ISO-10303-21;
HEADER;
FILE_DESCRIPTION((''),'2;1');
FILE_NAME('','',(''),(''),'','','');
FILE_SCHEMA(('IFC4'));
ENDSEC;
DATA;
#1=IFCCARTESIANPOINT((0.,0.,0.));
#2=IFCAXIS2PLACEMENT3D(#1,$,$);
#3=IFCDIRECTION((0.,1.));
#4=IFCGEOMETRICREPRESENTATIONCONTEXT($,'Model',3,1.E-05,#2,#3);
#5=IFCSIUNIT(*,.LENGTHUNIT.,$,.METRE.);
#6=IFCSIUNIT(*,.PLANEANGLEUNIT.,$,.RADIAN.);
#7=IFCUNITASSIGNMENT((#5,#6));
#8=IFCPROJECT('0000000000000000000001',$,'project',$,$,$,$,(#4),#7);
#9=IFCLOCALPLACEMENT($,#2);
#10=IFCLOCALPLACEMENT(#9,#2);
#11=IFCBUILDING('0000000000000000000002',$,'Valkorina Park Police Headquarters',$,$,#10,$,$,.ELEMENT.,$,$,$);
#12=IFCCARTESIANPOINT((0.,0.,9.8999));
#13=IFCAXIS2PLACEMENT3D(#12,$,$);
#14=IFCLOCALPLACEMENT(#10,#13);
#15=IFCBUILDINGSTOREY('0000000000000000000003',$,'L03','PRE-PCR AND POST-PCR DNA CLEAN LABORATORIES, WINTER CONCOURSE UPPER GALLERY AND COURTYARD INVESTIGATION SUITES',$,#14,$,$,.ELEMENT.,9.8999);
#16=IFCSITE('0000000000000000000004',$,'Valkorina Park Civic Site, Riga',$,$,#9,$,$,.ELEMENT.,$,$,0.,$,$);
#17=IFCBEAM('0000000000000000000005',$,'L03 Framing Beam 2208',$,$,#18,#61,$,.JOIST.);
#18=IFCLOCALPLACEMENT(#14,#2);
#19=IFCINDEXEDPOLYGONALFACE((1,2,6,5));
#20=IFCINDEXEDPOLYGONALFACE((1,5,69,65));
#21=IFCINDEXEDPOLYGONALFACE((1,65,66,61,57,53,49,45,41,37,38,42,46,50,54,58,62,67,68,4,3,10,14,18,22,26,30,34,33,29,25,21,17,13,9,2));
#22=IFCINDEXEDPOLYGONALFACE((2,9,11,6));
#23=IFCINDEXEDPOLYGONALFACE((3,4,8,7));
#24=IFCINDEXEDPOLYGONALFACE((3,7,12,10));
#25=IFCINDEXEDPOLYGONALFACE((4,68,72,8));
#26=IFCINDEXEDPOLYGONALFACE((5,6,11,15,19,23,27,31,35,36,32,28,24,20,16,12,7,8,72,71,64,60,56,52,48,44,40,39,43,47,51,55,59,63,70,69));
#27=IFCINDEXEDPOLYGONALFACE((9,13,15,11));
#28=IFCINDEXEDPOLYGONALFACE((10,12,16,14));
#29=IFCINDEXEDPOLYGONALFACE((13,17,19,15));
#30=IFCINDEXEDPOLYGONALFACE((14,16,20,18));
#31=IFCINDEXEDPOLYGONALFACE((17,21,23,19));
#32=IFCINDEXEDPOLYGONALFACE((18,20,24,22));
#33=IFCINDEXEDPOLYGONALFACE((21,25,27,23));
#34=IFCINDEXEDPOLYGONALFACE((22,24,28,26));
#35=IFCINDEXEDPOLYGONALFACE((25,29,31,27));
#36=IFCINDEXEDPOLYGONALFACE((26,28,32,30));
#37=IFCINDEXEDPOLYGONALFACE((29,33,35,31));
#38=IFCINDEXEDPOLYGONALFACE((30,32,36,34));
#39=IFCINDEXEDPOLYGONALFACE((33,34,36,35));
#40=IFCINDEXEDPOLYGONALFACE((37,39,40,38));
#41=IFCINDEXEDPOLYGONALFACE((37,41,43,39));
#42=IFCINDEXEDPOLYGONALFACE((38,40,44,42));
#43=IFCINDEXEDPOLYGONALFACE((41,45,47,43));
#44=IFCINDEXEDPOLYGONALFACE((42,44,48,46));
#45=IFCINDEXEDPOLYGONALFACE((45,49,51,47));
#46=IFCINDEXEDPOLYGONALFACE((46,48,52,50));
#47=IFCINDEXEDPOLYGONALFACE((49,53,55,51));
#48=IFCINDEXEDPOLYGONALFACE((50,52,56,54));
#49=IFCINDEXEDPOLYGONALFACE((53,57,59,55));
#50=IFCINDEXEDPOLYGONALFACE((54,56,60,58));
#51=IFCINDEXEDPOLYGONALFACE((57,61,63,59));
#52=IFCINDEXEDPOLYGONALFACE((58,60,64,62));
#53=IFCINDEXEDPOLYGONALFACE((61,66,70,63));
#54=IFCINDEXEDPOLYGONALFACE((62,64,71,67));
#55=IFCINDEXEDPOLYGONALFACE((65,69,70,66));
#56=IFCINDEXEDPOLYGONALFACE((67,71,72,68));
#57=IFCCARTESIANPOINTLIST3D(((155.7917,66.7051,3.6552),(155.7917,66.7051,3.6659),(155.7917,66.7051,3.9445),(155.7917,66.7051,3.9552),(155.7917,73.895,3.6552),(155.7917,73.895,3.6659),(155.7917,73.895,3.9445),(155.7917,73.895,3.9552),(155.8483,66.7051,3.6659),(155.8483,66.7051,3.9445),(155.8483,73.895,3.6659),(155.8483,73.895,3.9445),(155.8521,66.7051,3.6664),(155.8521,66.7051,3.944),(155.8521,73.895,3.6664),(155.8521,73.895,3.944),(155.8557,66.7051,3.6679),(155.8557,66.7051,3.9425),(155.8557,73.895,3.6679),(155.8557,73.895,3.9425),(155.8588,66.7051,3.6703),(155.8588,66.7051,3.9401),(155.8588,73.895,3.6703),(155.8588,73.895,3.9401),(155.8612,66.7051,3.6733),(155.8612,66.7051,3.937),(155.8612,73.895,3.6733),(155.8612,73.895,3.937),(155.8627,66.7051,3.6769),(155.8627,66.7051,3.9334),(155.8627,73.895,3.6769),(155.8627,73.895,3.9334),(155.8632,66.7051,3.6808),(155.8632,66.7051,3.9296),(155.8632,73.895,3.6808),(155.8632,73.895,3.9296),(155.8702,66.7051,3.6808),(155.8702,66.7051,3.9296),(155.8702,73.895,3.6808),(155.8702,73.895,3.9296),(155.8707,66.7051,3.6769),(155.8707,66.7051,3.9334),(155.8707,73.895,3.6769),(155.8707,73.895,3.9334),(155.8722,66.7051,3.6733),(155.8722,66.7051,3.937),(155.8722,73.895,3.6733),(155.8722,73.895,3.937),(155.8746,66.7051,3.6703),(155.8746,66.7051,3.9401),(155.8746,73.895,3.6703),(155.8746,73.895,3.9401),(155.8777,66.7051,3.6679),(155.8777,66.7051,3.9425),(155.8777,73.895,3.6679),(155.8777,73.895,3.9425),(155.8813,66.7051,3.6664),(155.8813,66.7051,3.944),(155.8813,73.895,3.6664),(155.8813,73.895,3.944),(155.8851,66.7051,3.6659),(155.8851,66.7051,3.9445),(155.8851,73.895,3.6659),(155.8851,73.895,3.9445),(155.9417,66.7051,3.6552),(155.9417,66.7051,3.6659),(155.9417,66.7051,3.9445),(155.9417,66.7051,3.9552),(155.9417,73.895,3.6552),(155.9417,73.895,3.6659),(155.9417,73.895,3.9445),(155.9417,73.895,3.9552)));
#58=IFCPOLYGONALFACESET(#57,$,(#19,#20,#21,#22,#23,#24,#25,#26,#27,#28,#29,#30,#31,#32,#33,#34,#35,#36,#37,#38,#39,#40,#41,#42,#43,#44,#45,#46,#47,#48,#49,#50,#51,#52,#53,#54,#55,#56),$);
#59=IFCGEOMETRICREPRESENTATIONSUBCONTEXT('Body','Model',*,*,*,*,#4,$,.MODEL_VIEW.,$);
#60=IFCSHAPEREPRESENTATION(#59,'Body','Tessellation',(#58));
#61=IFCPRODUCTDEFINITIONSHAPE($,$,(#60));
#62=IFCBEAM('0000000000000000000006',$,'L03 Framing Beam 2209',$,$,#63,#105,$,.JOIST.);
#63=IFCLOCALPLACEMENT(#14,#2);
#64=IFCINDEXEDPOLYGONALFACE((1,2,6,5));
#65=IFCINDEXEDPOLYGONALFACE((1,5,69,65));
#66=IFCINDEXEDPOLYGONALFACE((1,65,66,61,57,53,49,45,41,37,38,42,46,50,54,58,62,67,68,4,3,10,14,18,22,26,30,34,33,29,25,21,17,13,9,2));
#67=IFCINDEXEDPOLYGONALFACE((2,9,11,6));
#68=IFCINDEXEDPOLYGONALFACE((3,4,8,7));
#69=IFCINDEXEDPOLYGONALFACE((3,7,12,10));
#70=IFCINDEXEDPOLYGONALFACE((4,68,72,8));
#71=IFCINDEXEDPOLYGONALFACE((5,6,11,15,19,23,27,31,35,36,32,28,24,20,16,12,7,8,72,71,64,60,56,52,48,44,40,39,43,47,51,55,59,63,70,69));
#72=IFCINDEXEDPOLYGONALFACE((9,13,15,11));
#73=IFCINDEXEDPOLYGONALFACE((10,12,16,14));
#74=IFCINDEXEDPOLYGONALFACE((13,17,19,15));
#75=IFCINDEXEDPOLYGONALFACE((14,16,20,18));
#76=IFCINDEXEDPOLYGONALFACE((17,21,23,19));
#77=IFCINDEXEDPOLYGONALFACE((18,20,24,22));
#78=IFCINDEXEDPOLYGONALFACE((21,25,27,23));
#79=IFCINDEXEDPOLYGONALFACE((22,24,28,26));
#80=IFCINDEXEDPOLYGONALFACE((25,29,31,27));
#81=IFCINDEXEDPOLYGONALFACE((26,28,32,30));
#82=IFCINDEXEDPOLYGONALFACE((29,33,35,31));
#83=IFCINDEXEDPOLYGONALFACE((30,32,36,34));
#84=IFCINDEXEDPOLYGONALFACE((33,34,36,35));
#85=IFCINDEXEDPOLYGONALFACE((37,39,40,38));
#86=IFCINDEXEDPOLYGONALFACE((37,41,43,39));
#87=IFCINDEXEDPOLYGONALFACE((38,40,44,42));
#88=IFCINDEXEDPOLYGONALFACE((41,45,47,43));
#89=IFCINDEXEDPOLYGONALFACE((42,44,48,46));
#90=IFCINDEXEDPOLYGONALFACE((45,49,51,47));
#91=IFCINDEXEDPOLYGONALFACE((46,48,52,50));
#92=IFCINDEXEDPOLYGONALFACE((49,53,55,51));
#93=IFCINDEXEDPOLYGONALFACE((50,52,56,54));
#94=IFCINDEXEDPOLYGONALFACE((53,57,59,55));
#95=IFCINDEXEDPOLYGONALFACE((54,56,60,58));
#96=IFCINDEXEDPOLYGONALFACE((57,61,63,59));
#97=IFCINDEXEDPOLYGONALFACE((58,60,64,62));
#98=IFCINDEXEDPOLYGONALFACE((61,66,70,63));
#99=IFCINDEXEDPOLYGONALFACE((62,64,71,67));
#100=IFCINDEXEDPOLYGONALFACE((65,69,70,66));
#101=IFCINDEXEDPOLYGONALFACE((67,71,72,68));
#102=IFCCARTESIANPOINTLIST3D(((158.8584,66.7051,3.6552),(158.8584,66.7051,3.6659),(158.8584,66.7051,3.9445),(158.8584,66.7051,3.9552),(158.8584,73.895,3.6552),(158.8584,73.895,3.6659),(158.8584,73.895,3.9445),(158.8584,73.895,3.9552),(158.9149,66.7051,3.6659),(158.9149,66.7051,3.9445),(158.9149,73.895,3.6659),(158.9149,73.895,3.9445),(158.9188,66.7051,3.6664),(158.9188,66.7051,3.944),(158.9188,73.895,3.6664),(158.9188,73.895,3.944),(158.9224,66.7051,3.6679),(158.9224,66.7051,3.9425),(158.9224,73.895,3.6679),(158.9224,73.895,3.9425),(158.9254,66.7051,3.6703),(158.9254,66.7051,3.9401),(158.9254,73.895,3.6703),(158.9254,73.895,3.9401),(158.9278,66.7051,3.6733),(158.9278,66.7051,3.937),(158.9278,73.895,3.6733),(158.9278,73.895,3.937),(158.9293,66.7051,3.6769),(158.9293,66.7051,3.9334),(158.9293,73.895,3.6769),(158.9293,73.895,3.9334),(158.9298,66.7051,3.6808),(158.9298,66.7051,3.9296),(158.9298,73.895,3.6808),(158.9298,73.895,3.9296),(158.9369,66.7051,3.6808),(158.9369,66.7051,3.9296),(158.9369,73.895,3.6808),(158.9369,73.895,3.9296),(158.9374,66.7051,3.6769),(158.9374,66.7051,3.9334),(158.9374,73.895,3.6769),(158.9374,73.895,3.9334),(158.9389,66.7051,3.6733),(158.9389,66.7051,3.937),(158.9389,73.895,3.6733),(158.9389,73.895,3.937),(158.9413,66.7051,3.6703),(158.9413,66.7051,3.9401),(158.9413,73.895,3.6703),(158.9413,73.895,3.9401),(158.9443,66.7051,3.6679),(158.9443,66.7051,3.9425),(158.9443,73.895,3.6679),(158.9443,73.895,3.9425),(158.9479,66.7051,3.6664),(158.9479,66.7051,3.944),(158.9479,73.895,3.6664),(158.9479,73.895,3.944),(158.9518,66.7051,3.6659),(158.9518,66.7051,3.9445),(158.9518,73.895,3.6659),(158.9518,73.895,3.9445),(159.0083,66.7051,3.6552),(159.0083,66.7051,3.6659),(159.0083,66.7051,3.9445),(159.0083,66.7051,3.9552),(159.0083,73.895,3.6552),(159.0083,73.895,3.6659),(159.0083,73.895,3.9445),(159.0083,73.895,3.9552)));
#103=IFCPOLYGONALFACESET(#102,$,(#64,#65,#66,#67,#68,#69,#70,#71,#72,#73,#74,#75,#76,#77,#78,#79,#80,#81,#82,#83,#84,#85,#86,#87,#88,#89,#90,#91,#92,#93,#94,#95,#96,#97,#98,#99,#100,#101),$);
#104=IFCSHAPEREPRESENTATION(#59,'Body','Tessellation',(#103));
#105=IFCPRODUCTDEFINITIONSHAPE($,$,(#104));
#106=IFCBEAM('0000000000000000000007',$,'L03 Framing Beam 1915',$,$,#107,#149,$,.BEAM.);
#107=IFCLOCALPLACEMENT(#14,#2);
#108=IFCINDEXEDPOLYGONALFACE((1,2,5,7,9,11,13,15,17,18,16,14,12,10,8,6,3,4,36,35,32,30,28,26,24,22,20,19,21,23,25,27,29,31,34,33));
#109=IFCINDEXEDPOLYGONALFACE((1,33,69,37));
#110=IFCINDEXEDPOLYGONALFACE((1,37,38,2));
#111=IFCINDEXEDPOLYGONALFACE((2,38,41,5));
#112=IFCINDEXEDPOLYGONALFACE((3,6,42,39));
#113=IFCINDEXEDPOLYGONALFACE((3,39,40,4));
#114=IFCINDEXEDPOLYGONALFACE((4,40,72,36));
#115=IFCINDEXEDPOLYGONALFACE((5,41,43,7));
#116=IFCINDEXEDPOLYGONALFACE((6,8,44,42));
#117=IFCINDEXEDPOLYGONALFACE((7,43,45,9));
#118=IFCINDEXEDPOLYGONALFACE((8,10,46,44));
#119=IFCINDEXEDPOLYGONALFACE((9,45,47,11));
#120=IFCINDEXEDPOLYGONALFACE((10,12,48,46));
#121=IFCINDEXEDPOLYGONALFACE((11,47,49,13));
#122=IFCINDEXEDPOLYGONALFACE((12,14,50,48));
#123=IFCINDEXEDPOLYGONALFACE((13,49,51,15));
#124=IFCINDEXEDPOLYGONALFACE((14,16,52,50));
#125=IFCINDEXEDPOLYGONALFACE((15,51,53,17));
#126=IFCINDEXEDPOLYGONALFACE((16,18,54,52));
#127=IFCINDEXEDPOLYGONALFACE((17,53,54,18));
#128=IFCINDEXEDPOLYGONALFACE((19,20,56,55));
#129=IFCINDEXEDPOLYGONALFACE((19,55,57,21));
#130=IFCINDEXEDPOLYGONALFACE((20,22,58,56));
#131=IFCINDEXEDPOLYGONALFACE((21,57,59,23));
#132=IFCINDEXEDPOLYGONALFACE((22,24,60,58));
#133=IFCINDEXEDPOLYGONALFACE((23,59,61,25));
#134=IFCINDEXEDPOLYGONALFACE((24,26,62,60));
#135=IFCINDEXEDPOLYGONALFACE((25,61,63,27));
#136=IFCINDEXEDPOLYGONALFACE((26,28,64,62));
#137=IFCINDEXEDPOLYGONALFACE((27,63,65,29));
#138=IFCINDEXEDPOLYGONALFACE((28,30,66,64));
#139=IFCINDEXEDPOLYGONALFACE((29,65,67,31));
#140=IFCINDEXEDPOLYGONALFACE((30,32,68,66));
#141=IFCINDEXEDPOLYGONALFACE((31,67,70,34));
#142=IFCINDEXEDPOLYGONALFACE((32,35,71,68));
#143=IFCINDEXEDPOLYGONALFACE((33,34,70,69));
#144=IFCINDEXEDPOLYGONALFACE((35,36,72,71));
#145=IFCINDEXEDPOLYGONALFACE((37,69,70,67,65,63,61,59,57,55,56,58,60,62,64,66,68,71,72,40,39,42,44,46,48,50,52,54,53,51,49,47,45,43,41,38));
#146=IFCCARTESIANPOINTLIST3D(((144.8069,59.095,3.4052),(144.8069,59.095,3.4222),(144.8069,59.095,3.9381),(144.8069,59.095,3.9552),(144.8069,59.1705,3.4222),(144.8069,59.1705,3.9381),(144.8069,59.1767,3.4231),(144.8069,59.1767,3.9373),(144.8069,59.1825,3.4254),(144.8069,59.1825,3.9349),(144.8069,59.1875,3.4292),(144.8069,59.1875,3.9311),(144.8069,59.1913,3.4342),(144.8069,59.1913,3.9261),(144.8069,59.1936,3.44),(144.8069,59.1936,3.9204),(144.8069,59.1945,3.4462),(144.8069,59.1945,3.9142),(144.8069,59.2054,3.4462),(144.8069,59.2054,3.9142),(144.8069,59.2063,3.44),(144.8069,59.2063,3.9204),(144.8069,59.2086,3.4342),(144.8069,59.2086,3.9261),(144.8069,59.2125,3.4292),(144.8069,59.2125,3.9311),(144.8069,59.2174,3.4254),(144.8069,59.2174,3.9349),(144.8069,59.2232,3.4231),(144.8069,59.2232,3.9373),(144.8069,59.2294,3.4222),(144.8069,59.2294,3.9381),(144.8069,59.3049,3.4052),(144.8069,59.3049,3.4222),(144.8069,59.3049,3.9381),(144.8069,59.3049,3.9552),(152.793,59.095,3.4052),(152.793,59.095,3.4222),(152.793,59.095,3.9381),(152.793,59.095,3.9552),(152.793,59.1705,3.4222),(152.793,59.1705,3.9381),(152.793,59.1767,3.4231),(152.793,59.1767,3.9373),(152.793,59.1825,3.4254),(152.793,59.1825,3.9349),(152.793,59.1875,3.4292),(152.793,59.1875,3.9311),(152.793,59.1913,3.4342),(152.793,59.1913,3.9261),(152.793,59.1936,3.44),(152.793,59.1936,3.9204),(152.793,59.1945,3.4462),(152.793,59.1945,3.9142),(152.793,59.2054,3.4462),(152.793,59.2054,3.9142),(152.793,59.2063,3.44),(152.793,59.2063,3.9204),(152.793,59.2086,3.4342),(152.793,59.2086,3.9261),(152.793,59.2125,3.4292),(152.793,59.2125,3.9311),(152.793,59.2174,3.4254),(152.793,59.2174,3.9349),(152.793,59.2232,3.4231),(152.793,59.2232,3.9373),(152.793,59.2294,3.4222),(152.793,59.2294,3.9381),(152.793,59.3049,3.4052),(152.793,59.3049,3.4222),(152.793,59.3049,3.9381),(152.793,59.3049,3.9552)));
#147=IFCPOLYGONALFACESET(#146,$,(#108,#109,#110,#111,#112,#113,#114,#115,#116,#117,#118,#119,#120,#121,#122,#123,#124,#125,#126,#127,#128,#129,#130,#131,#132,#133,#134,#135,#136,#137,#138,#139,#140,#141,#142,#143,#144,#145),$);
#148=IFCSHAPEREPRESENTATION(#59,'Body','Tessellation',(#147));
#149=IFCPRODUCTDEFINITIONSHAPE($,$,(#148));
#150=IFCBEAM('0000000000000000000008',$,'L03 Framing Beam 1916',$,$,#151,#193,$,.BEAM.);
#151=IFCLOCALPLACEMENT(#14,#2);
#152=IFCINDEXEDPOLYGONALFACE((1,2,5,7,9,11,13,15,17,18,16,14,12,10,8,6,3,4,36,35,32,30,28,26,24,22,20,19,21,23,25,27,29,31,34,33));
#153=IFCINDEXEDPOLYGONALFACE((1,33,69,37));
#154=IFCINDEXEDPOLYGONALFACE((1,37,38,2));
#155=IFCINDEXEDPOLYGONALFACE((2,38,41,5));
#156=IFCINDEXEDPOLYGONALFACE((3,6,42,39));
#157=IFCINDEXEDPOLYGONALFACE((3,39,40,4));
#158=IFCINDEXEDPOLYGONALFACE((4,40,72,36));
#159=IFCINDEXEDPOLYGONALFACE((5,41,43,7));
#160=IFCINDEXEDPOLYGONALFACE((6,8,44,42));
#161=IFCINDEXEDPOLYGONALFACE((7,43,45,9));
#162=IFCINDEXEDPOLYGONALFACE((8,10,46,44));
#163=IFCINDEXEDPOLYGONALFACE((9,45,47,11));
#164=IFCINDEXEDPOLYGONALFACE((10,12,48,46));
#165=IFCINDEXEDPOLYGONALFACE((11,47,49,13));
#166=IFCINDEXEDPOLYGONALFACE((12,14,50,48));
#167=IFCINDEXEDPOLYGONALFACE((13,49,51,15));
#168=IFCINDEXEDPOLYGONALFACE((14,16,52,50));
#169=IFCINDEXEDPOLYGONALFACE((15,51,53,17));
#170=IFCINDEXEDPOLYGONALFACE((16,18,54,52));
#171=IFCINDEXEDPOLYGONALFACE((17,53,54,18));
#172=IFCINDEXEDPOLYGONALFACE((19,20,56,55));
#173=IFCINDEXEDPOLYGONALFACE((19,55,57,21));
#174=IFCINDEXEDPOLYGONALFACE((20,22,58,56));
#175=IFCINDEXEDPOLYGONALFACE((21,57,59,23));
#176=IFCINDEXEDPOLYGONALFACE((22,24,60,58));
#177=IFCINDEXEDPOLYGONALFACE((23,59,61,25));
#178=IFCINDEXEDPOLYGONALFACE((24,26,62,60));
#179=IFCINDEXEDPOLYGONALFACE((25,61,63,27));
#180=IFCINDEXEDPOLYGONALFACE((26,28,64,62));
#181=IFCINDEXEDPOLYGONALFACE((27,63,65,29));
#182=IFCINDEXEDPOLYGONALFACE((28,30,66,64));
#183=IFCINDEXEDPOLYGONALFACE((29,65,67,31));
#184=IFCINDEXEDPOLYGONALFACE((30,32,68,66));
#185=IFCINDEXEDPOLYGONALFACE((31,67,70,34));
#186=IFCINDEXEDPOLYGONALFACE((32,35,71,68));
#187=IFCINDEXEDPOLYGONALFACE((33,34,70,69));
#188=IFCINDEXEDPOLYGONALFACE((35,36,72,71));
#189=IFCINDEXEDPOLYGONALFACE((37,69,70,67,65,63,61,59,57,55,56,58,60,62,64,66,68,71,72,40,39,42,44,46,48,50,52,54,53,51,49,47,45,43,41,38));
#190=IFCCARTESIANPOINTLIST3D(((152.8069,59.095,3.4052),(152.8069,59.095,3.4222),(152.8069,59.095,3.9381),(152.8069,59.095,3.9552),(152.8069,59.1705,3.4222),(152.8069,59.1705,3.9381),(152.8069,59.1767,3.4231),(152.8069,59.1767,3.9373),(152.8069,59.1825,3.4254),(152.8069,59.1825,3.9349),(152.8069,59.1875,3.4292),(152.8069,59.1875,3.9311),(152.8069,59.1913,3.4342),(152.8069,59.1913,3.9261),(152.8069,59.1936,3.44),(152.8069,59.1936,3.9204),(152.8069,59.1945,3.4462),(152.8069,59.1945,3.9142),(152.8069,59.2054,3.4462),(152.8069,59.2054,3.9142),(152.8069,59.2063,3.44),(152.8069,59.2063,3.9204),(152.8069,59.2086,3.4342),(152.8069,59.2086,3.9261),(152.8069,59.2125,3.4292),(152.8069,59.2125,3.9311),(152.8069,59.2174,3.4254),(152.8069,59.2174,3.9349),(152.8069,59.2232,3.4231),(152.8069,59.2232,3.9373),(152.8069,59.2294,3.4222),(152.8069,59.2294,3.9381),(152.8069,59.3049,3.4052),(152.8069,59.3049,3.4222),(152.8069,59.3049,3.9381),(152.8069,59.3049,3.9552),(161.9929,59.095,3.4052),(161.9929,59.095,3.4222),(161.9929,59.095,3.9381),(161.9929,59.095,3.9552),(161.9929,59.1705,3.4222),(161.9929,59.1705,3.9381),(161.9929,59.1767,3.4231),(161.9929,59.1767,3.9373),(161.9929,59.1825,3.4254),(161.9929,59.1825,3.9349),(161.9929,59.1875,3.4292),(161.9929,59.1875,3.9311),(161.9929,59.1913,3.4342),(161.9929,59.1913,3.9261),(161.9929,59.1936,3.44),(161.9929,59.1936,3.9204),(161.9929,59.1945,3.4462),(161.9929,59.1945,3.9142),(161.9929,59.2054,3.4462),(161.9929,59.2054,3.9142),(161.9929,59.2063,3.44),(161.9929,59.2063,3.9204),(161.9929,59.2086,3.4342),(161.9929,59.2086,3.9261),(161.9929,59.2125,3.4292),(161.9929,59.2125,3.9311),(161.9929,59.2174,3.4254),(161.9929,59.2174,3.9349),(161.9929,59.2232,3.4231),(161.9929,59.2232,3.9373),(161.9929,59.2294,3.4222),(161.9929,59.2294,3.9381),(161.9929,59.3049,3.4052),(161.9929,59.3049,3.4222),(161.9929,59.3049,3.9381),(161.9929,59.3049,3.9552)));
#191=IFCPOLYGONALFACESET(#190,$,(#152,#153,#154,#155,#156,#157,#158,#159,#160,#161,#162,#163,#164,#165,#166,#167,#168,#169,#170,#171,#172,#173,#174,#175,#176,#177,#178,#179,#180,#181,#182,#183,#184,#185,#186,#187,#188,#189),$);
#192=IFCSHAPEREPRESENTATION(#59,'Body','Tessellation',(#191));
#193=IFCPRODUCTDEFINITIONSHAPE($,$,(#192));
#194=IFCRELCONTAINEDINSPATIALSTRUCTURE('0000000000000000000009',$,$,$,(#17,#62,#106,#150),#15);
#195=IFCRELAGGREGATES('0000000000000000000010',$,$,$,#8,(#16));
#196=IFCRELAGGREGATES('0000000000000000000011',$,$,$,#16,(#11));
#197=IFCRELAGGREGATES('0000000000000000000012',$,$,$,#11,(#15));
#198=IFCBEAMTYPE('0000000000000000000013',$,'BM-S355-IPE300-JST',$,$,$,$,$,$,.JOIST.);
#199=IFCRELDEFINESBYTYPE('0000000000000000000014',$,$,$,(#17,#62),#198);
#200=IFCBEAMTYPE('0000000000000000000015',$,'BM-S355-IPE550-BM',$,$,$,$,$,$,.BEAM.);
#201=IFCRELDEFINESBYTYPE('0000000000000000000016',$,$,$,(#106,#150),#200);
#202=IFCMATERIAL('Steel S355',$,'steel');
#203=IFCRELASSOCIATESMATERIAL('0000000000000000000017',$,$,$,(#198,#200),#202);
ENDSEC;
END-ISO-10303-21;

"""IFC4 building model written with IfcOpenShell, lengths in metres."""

from ifc_helpers import new_model, si_unit, direction, frame, origin, origin_2d, place, context, subcontext, project, spatial, i_section, extrude, material, material_profile, profile_set, type_object, element, save


model = new_model("IFC4")

# Units and contexts
model_context = context("Model", 3, precision=1e-05, world=origin(), true_north=direction((0.0, 1.0)))
body_context = subcontext(model_context, "Body", "Model", "MODEL_VIEW")
ifc_project = project(units=[si_unit("LENGTHUNIT", "METRE"), si_unit("PLANEANGLEUNIT", "RADIAN")], contexts=[model_context])

# Site, building, storey
site_placement = place(None, origin())
site = spatial("IfcSite", under=ifc_project, at=site_placement, Name="Valkorina Park Civic Site, Riga", CompositionType="ELEMENT", RefElevation=0.0)
building_placement = place(site_placement, origin())
building = spatial("IfcBuilding", under=site, at=building_placement, Name="Valkorina Park Police Headquarters", CompositionType="ELEMENT")
storey_placement = place(building_placement, frame((0.0, 0.0, 9.8999)))
storey = spatial("IfcBuildingStorey", under=building, at=storey_placement, Name="L03", Description="PRE-PCR AND POST-PCR DNA CLEAN LABORATORIES, WINTER CONCOURSE UPPER GALLERY AND COURTYARD INVESTIGATION SUITES", CompositionType="ELEMENT", Elevation=9.8999)

# Shared definitions
ifc_material_1 = material(Name="Steel S355", Category="steel")

# Beams
ifc_material_profile_1 = material_profile(ifc_material_1, i_section(OverallWidth=0.1499, OverallDepth=0.3, WebThickness=0.0071, FlangeThickness=0.0107, FilletRadius=0.0149, at=origin_2d()), Name="IPE 300")
ifc_profile_set_1 = profile_set([ifc_material_profile_1], Name="Steel S355")
beam_type_1 = type_object("IfcBeamType", Name="BM-S355-IPE300-JST", PredefinedType="JOIST", material=ifc_profile_set_1)
for number, where, z_axis, x_axis, name in (
    (1, (155.8667, 66.7051, 3.8052), (0.0, 1.0, 0.0), (-1.0, 0.0, 0.0), "L03 Framing Beam 2208"),
    (2, (158.9333, 66.7051, 3.8052), (0.0, 1.0, 0.0), (-1.0, 0.0, 0.0), "L03 Framing Beam 2209"),
):
    element("IfcBeam", number, at=place(storey_placement, frame(where, z_axis=z_axis, x_axis=x_axis)), inside=storey, type_object=beam_type_1, Name=name, PredefinedType="JOIST", context=body_context, shape_type="SweptSolid", body=[
        extrude(i_section(OverallWidth=0.1499, OverallDepth=0.3, WebThickness=0.0071, FlangeThickness=0.0107, FilletRadius=0.0149, at=origin_2d()), origin(), (0.0, 0.0, 1.0), 7.1899),
    ])
ifc_material_profile_2 = material_profile(ifc_material_1, i_section(OverallWidth=0.21, OverallDepth=0.55, WebThickness=0.011, FlangeThickness=0.0171, FilletRadius=0.0239, at=origin_2d()), Name="IPE 550")
ifc_profile_set_2 = profile_set([ifc_material_profile_2], Name="Steel S355")
beam_type_2 = type_object("IfcBeamType", Name="BM-S355-IPE550-BM", PredefinedType="BEAM", material=ifc_profile_set_2)
beam_1_placement = place(storey_placement, frame((144.8069, 59.2, 3.6802), z_axis=(1.0, 0.0, 0.0), x_axis=(0.0, 1.0, 0.0)))
element("IfcBeam", 3, at=beam_1_placement, inside=storey, type_object=beam_type_2, Name="L03 Framing Beam 1915", PredefinedType="BEAM", context=body_context, shape_type="SweptSolid", body=[
    extrude(i_section(OverallWidth=0.21, OverallDepth=0.55, WebThickness=0.011, FlangeThickness=0.0171, FilletRadius=0.0239, at=origin_2d()), origin(), (0.0, 0.0, 1.0), 7.9861),
])
beam_2_placement = place(storey_placement, frame((152.8069, 59.2, 3.6802), z_axis=(1.0, 0.0, 0.0), x_axis=(0.0, 1.0, 0.0)))
element("IfcBeam", 4, at=beam_2_placement, inside=storey, type_object=beam_type_2, Name="L03 Framing Beam 1916", PredefinedType="BEAM", context=body_context, shape_type="SweptSolid", body=[
    extrude(i_section(OverallWidth=0.21, OverallDepth=0.55, WebThickness=0.011, FlangeThickness=0.0171, FilletRadius=0.0239, at=origin_2d()), origin(), (0.0, 0.0, 1.0), 9.186),
])

save(model, "model.ifc")
